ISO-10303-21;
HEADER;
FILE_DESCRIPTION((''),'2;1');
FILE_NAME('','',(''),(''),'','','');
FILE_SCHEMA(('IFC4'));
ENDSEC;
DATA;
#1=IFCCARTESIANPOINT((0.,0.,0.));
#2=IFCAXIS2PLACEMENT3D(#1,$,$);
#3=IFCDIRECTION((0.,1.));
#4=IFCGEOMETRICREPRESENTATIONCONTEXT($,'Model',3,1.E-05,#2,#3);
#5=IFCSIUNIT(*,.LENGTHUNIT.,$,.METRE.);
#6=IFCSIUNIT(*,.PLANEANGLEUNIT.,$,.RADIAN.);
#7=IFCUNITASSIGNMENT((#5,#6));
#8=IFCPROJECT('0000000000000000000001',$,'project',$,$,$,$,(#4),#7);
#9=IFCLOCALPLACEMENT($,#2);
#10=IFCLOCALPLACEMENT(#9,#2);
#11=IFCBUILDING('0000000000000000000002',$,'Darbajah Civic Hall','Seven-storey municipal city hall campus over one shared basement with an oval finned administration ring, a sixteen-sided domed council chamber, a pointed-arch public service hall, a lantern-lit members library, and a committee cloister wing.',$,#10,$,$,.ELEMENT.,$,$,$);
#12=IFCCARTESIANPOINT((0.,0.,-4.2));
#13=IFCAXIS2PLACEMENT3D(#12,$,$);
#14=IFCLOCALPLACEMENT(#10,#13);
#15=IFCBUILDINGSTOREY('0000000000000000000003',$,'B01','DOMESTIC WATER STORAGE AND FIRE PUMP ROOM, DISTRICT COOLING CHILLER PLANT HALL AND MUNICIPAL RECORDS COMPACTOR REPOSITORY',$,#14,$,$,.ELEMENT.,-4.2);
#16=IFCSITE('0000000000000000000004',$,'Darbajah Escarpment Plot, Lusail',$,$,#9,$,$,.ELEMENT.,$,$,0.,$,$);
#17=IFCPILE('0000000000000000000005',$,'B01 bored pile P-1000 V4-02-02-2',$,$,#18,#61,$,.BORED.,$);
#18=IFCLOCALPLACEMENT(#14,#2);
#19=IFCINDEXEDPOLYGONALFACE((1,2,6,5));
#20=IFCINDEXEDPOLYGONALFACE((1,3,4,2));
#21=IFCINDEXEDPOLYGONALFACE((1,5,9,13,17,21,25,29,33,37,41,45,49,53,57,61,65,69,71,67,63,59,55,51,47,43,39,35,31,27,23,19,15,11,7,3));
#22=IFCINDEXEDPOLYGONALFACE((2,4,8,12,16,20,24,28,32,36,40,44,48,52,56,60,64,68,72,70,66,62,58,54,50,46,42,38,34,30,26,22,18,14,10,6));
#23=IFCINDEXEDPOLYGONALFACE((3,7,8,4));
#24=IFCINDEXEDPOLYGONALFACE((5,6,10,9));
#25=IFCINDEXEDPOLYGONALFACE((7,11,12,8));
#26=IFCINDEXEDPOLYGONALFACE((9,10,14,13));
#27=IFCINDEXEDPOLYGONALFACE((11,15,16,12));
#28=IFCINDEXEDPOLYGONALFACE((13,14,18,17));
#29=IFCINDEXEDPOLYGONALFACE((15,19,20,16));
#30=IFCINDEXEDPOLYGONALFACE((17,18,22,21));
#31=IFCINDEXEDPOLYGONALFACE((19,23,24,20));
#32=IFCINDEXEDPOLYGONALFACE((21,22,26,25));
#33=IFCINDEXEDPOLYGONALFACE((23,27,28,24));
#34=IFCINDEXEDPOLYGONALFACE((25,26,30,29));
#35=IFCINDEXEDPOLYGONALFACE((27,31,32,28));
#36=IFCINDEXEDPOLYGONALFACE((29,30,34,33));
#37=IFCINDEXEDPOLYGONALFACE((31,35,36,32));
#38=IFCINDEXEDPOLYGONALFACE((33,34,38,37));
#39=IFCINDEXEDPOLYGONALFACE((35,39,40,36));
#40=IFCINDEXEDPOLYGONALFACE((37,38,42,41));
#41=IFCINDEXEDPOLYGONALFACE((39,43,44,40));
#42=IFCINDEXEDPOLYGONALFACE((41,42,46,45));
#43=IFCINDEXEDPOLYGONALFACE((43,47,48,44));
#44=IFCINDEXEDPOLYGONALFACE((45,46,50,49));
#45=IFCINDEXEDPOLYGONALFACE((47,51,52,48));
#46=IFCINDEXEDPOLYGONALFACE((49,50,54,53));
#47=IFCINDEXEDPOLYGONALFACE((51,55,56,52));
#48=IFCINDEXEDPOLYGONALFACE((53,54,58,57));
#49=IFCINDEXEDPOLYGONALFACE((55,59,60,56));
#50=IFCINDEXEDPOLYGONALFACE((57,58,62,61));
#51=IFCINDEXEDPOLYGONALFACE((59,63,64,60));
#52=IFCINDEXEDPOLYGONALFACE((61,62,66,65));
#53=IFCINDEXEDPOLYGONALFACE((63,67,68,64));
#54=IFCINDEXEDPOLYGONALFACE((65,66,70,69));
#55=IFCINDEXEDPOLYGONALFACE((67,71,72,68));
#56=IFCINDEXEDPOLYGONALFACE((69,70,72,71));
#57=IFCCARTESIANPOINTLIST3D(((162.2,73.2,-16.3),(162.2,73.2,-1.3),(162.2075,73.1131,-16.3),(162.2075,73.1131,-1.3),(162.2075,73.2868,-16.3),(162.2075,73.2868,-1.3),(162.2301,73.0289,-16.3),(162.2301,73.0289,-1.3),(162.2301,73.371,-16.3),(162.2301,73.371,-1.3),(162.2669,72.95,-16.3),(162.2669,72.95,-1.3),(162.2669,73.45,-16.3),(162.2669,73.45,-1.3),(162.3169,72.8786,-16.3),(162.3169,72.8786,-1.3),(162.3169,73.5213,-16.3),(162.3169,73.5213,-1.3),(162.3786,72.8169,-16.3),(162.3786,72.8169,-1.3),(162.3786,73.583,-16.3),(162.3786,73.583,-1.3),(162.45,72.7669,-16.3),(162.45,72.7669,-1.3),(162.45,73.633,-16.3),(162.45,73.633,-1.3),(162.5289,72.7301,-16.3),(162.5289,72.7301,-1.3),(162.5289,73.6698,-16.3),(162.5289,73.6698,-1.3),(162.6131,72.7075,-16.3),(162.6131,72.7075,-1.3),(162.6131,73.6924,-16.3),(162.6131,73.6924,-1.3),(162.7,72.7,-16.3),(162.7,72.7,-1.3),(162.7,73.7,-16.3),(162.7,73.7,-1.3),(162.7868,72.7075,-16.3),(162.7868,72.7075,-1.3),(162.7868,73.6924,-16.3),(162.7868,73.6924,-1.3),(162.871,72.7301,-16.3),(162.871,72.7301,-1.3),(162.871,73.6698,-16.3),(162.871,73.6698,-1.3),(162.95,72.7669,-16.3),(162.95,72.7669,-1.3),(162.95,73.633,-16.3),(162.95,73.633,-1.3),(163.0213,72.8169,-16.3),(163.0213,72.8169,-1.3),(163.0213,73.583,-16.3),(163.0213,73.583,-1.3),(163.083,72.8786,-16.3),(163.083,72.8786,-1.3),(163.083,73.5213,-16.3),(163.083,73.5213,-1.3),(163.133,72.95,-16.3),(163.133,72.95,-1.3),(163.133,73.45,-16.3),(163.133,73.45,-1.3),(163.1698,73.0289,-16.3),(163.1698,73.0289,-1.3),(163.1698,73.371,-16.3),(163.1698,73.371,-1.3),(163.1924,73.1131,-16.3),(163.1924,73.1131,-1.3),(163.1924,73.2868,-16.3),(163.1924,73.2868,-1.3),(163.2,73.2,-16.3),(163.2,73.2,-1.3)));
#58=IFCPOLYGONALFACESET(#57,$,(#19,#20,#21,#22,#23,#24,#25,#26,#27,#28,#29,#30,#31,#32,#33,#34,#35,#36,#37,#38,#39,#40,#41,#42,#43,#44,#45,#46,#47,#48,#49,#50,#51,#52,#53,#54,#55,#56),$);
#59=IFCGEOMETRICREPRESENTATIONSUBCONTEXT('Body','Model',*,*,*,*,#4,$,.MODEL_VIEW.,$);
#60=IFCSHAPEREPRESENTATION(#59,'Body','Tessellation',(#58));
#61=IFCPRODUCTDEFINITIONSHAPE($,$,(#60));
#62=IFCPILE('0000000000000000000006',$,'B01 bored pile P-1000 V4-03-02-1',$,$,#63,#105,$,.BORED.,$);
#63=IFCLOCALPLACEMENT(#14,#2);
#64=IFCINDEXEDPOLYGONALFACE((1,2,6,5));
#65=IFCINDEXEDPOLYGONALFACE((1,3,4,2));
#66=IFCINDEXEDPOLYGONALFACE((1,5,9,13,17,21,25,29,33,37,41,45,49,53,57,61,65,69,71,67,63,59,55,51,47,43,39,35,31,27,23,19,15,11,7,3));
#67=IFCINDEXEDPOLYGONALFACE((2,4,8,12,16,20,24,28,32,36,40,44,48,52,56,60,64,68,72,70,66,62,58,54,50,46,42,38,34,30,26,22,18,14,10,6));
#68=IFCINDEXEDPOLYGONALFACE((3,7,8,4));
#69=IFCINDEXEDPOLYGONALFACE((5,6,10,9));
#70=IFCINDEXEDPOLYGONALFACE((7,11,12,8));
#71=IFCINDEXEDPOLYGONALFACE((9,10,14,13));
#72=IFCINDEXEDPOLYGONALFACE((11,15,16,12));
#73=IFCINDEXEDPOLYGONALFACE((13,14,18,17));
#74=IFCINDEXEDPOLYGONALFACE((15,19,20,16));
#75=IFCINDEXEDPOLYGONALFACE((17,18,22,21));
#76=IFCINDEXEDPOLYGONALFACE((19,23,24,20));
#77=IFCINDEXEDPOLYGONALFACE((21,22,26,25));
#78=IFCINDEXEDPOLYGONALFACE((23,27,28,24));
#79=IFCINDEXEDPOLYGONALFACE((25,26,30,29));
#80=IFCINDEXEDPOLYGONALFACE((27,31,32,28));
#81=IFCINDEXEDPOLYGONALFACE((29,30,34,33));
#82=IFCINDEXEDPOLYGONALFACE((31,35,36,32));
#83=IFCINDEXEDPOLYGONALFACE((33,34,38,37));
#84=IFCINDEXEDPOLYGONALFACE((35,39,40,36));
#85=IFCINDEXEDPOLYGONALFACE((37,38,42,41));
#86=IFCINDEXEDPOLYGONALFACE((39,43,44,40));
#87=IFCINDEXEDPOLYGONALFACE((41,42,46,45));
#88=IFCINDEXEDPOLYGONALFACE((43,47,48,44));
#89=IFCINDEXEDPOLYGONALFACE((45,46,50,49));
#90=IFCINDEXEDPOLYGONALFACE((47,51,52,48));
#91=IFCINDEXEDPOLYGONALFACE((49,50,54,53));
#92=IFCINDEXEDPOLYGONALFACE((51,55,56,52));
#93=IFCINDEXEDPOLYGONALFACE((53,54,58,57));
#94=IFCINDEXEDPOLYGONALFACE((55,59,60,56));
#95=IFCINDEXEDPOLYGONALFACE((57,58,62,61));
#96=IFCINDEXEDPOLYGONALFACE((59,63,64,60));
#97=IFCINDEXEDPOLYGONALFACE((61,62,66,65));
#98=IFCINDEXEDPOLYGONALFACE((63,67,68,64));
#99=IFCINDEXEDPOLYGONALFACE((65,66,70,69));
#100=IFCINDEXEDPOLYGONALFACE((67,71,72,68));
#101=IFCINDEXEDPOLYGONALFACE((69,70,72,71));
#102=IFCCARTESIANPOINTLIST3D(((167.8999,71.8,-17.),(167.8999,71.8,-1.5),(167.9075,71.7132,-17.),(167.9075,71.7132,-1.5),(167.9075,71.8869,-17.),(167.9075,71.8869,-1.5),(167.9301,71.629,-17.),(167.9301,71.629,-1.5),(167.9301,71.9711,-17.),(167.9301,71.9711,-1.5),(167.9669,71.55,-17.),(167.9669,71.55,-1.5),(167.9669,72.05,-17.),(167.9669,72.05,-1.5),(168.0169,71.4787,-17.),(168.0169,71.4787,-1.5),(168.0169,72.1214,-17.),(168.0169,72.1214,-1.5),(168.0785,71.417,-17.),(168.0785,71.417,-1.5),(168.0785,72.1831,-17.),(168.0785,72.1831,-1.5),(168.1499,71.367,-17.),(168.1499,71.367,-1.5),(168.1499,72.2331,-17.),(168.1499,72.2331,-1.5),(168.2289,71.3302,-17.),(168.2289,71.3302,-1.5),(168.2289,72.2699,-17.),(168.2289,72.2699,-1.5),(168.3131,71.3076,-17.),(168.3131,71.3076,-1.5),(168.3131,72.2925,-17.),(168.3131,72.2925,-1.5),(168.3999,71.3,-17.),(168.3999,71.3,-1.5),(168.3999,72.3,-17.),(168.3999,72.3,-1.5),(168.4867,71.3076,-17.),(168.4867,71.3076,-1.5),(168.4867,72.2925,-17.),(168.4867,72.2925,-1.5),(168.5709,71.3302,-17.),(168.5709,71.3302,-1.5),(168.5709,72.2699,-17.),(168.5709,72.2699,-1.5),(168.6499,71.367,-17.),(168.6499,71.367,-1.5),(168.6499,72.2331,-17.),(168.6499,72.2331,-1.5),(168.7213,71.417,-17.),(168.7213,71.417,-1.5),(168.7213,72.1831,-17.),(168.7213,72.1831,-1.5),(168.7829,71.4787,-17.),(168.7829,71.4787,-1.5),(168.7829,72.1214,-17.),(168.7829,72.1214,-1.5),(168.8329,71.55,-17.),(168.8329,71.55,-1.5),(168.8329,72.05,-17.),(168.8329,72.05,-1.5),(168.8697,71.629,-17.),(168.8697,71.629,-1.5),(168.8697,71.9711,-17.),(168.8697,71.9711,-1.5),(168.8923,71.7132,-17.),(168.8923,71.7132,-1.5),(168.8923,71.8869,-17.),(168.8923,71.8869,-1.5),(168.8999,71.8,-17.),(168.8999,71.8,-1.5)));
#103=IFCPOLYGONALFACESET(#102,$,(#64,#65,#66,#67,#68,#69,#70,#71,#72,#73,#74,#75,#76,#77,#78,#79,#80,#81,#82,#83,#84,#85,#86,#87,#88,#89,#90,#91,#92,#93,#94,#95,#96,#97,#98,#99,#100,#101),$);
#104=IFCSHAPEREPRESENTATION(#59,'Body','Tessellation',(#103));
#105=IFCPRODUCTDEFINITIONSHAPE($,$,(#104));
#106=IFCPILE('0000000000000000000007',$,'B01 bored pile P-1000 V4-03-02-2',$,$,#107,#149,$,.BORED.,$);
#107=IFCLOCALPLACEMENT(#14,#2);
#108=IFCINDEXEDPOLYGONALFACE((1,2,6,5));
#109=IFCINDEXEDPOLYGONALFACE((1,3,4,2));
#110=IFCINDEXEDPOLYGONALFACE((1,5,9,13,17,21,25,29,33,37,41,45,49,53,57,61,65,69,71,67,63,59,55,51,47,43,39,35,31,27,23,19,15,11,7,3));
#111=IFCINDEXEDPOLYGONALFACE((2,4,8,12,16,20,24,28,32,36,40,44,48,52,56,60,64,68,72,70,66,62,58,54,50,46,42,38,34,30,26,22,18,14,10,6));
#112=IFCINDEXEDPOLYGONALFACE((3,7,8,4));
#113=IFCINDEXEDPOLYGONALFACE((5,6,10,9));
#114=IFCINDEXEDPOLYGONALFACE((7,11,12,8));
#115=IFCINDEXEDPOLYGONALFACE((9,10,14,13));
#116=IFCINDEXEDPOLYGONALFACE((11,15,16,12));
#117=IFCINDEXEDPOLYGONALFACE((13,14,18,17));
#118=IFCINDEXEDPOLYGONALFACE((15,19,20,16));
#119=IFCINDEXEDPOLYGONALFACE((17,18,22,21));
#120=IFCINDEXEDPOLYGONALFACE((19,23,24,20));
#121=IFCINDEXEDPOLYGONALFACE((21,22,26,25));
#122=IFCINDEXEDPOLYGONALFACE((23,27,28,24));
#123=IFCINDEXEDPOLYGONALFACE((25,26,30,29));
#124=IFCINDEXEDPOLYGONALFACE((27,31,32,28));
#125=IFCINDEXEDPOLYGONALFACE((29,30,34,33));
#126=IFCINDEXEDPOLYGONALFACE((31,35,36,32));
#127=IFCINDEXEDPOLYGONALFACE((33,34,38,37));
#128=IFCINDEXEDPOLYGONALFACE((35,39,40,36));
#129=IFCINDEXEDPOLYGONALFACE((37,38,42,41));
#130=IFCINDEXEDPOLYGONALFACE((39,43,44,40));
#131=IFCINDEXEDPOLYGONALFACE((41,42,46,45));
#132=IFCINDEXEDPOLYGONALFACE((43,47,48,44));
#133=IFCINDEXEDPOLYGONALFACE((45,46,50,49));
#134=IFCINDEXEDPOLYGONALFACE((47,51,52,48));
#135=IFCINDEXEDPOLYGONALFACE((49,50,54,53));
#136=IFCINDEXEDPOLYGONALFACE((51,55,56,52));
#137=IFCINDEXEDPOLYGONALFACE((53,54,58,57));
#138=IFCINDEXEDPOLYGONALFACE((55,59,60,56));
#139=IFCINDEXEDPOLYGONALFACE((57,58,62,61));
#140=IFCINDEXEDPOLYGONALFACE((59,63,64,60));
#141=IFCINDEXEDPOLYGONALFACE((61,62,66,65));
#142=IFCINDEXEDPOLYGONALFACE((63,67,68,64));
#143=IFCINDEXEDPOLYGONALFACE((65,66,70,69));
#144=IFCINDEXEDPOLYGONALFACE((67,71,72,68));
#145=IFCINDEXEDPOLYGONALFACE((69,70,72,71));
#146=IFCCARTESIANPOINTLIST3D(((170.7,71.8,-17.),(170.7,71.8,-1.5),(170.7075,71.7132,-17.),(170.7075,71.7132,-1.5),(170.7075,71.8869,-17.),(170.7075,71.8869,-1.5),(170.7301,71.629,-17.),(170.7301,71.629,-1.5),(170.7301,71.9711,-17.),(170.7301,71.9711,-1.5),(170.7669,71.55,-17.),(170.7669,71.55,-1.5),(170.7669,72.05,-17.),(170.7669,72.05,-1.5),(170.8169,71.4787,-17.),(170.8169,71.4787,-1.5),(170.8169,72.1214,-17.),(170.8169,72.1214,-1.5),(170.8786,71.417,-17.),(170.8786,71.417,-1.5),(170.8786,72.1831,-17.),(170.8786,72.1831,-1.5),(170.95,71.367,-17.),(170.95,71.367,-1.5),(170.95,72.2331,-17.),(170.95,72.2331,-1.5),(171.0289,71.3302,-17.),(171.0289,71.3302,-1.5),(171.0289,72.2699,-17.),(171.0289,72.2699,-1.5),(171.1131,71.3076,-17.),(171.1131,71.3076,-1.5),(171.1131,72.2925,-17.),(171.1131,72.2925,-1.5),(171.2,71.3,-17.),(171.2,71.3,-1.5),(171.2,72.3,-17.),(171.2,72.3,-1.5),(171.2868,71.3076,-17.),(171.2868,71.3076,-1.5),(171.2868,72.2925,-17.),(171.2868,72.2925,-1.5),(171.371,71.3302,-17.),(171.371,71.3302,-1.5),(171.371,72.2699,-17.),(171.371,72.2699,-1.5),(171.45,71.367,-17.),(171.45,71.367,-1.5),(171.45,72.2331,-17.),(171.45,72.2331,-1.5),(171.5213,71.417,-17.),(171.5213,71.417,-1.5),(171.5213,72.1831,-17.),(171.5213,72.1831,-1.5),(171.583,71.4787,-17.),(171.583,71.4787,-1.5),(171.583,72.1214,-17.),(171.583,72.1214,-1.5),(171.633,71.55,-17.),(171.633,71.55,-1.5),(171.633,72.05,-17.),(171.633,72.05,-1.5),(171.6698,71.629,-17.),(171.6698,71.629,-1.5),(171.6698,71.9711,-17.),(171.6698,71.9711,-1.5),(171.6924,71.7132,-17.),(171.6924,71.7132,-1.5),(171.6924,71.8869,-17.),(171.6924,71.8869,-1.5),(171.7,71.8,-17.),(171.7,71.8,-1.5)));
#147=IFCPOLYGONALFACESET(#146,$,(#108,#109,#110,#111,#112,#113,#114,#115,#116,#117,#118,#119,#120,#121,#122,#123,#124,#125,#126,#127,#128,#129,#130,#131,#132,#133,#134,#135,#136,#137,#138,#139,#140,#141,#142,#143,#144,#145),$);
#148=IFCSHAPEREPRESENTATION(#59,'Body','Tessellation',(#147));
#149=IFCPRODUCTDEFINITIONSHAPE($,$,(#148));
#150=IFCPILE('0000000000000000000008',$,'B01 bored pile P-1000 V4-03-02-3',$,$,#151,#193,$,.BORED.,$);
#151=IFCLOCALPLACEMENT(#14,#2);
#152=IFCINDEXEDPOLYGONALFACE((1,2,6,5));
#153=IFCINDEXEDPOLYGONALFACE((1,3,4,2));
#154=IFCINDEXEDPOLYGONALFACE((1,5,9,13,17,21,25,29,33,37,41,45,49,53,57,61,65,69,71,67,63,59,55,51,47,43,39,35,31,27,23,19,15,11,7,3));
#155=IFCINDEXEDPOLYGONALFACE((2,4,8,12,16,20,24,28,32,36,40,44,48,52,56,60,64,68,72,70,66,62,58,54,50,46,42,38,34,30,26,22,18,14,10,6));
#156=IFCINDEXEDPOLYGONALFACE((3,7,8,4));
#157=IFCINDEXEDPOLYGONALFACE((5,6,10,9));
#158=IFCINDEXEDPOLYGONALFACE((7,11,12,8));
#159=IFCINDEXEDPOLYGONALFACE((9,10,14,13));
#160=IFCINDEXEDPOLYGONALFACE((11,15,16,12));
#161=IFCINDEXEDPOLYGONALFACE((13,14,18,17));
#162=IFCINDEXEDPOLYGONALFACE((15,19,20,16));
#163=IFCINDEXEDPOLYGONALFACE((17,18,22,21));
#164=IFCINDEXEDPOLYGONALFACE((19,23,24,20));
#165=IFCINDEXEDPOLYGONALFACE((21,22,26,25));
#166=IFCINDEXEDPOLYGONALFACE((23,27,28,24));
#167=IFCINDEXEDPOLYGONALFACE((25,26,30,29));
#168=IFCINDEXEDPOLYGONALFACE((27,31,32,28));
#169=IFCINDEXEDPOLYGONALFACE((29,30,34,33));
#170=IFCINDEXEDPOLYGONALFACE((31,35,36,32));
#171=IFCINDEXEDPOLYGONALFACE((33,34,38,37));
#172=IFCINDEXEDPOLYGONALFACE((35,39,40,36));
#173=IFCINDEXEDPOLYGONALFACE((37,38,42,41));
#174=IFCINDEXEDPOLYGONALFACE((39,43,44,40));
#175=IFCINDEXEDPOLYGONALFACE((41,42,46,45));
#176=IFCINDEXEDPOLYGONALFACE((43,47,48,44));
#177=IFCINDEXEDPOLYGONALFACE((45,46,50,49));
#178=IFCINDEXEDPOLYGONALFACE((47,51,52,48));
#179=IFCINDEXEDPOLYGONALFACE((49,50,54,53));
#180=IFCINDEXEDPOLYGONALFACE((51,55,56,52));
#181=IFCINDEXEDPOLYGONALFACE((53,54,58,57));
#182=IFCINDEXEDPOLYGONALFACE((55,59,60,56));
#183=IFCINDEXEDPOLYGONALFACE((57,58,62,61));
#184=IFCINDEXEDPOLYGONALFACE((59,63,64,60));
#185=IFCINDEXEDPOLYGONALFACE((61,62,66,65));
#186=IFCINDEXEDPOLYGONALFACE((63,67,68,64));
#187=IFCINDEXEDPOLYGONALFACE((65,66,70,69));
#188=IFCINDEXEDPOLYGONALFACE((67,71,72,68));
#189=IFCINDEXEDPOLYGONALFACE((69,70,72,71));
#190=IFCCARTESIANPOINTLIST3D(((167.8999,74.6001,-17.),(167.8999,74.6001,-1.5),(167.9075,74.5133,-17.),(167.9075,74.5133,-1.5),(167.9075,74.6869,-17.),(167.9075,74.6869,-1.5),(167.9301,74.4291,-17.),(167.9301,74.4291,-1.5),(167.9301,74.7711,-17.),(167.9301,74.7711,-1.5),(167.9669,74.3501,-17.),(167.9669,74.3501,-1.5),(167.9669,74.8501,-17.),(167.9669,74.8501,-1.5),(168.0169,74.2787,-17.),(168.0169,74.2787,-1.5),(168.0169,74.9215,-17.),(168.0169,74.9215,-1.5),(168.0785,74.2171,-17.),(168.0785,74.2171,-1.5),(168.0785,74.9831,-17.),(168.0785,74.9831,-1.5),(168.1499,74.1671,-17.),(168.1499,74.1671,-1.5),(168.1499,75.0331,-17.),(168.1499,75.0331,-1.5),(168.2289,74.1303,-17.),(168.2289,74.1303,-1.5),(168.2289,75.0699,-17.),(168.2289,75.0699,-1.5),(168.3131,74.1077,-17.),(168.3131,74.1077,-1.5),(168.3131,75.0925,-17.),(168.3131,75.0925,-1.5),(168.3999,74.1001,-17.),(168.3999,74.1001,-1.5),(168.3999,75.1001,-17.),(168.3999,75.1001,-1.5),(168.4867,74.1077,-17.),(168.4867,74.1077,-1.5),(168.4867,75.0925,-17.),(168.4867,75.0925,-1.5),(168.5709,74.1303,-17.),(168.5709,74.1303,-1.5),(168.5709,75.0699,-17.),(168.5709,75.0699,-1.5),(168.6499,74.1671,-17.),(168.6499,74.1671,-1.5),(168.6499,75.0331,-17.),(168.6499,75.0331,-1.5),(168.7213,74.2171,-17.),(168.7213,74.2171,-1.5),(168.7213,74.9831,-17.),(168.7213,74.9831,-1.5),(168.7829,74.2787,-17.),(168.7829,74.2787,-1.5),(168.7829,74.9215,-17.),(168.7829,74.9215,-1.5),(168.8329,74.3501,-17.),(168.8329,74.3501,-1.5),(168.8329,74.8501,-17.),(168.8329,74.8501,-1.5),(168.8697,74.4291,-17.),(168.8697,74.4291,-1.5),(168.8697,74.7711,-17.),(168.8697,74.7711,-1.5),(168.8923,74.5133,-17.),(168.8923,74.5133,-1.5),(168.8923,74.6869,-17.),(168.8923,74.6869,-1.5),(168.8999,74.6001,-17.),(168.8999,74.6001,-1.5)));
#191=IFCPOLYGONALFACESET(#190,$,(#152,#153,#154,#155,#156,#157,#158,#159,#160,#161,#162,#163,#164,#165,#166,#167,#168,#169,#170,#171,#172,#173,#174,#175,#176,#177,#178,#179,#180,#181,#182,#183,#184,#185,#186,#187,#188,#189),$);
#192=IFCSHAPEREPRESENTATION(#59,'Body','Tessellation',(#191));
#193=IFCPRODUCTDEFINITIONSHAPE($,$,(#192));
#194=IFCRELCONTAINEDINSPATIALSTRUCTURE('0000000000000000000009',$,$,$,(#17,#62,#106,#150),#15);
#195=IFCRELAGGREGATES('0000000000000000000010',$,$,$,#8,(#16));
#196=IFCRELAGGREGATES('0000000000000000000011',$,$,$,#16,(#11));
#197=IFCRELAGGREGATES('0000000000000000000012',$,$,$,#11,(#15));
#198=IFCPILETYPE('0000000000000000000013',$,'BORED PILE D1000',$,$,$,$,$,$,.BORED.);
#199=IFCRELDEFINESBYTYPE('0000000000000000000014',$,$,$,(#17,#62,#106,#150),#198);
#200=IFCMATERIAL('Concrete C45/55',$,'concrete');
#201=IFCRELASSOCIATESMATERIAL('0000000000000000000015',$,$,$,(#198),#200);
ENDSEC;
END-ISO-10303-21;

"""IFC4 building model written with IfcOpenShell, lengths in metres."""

from ifc_helpers import new_model, si_unit, direction, frame, origin, origin_2d, place, context, subcontext, project, spatial, circle, extrude, material, material_profile, profile_set, type_object, element, save


model = new_model("IFC4")

# Units and contexts
model_context = context("Model", 3, precision=1e-05, world=origin(), true_north=direction((0.0, 1.0)))
body_context = subcontext(model_context, "Body", "Model", "MODEL_VIEW")
ifc_project = project(units=[si_unit("LENGTHUNIT", "METRE"), si_unit("PLANEANGLEUNIT", "RADIAN")], contexts=[model_context])

# Site, building, storey
site_placement = place(None, origin())
site = spatial("IfcSite", under=ifc_project, at=site_placement, Name="Darbajah Escarpment Plot, Lusail", CompositionType="ELEMENT", RefElevation=0.0)
building_placement = place(site_placement, origin())
building = spatial("IfcBuilding", under=site, at=building_placement, Name="Darbajah Civic Hall", Description="Seven-storey municipal city hall campus over one shared basement with an oval finned administration ring, a sixteen-sided domed council chamber, a pointed-arch public service hall, a lantern-lit members library, and a committee cloister wing.", CompositionType="ELEMENT")
storey_placement = place(building_placement, frame((0.0, 0.0, -4.2)))
storey = spatial("IfcBuildingStorey", under=building, at=storey_placement, Name="B01", Description="DOMESTIC WATER STORAGE AND FIRE PUMP ROOM, DISTRICT COOLING CHILLER PLANT HALL AND MUNICIPAL RECORDS COMPACTOR REPOSITORY", CompositionType="ELEMENT", Elevation=-4.2)

# Piles
ifc_material_1 = material(Name="Concrete C45/55", Category="concrete")
ifc_material_profile_1 = material_profile(ifc_material_1, circle(Radius=0.5, at=origin_2d()), Name="BORED PILE D1000")
ifc_profile_set_1 = profile_set([ifc_material_profile_1], Name="Concrete C45/55")
pile_type_1 = type_object("IfcPileType", Name="BORED PILE D1000", PredefinedType="BORED", material=ifc_profile_set_1)
pile_1_placement = place(storey_placement, frame((162.7, 73.2, -1.3), z_axis=(0.0, 0.0, -1.0), x_axis=(1.0, 0.0, 0.0)))
element("IfcPile", 1, at=pile_1_placement, inside=storey, type_object=pile_type_1, Name="B01 bored pile P-1000 V4-02-02-2", PredefinedType="BORED", context=body_context, shape_type="SweptSolid", body=[
    extrude(circle(Radius=0.5, at=origin_2d()), origin(), (0.0, 0.0, 1.0), 15.0),
])
for number, where, z_axis, x_axis, name in (
    (2, (168.3999, 71.8, -1.5), (0.0, 0.0, -1.0), (1.0, 0.0, 0.0), "B01 bored pile P-1000 V4-03-02-1"),
    (3, (171.2, 71.8, -1.5), (0.0, 0.0, -1.0), (1.0, 0.0, 0.0), "B01 bored pile P-1000 V4-03-02-2"),
    (4, (168.3999, 74.6001, -1.5), (0.0, 0.0, -1.0), (1.0, 0.0, 0.0), "B01 bored pile P-1000 V4-03-02-3"),
):
    element("IfcPile", number, at=place(storey_placement, frame(where, z_axis=z_axis, x_axis=x_axis)), inside=storey, type_object=pile_type_1, Name=name, PredefinedType="BORED", context=body_context, shape_type="SweptSolid", body=[
        extrude(circle(Radius=0.5, at=origin_2d()), origin(), (0.0, 0.0, 1.0), 15.5),
    ])

save(model, "model.ifc")
